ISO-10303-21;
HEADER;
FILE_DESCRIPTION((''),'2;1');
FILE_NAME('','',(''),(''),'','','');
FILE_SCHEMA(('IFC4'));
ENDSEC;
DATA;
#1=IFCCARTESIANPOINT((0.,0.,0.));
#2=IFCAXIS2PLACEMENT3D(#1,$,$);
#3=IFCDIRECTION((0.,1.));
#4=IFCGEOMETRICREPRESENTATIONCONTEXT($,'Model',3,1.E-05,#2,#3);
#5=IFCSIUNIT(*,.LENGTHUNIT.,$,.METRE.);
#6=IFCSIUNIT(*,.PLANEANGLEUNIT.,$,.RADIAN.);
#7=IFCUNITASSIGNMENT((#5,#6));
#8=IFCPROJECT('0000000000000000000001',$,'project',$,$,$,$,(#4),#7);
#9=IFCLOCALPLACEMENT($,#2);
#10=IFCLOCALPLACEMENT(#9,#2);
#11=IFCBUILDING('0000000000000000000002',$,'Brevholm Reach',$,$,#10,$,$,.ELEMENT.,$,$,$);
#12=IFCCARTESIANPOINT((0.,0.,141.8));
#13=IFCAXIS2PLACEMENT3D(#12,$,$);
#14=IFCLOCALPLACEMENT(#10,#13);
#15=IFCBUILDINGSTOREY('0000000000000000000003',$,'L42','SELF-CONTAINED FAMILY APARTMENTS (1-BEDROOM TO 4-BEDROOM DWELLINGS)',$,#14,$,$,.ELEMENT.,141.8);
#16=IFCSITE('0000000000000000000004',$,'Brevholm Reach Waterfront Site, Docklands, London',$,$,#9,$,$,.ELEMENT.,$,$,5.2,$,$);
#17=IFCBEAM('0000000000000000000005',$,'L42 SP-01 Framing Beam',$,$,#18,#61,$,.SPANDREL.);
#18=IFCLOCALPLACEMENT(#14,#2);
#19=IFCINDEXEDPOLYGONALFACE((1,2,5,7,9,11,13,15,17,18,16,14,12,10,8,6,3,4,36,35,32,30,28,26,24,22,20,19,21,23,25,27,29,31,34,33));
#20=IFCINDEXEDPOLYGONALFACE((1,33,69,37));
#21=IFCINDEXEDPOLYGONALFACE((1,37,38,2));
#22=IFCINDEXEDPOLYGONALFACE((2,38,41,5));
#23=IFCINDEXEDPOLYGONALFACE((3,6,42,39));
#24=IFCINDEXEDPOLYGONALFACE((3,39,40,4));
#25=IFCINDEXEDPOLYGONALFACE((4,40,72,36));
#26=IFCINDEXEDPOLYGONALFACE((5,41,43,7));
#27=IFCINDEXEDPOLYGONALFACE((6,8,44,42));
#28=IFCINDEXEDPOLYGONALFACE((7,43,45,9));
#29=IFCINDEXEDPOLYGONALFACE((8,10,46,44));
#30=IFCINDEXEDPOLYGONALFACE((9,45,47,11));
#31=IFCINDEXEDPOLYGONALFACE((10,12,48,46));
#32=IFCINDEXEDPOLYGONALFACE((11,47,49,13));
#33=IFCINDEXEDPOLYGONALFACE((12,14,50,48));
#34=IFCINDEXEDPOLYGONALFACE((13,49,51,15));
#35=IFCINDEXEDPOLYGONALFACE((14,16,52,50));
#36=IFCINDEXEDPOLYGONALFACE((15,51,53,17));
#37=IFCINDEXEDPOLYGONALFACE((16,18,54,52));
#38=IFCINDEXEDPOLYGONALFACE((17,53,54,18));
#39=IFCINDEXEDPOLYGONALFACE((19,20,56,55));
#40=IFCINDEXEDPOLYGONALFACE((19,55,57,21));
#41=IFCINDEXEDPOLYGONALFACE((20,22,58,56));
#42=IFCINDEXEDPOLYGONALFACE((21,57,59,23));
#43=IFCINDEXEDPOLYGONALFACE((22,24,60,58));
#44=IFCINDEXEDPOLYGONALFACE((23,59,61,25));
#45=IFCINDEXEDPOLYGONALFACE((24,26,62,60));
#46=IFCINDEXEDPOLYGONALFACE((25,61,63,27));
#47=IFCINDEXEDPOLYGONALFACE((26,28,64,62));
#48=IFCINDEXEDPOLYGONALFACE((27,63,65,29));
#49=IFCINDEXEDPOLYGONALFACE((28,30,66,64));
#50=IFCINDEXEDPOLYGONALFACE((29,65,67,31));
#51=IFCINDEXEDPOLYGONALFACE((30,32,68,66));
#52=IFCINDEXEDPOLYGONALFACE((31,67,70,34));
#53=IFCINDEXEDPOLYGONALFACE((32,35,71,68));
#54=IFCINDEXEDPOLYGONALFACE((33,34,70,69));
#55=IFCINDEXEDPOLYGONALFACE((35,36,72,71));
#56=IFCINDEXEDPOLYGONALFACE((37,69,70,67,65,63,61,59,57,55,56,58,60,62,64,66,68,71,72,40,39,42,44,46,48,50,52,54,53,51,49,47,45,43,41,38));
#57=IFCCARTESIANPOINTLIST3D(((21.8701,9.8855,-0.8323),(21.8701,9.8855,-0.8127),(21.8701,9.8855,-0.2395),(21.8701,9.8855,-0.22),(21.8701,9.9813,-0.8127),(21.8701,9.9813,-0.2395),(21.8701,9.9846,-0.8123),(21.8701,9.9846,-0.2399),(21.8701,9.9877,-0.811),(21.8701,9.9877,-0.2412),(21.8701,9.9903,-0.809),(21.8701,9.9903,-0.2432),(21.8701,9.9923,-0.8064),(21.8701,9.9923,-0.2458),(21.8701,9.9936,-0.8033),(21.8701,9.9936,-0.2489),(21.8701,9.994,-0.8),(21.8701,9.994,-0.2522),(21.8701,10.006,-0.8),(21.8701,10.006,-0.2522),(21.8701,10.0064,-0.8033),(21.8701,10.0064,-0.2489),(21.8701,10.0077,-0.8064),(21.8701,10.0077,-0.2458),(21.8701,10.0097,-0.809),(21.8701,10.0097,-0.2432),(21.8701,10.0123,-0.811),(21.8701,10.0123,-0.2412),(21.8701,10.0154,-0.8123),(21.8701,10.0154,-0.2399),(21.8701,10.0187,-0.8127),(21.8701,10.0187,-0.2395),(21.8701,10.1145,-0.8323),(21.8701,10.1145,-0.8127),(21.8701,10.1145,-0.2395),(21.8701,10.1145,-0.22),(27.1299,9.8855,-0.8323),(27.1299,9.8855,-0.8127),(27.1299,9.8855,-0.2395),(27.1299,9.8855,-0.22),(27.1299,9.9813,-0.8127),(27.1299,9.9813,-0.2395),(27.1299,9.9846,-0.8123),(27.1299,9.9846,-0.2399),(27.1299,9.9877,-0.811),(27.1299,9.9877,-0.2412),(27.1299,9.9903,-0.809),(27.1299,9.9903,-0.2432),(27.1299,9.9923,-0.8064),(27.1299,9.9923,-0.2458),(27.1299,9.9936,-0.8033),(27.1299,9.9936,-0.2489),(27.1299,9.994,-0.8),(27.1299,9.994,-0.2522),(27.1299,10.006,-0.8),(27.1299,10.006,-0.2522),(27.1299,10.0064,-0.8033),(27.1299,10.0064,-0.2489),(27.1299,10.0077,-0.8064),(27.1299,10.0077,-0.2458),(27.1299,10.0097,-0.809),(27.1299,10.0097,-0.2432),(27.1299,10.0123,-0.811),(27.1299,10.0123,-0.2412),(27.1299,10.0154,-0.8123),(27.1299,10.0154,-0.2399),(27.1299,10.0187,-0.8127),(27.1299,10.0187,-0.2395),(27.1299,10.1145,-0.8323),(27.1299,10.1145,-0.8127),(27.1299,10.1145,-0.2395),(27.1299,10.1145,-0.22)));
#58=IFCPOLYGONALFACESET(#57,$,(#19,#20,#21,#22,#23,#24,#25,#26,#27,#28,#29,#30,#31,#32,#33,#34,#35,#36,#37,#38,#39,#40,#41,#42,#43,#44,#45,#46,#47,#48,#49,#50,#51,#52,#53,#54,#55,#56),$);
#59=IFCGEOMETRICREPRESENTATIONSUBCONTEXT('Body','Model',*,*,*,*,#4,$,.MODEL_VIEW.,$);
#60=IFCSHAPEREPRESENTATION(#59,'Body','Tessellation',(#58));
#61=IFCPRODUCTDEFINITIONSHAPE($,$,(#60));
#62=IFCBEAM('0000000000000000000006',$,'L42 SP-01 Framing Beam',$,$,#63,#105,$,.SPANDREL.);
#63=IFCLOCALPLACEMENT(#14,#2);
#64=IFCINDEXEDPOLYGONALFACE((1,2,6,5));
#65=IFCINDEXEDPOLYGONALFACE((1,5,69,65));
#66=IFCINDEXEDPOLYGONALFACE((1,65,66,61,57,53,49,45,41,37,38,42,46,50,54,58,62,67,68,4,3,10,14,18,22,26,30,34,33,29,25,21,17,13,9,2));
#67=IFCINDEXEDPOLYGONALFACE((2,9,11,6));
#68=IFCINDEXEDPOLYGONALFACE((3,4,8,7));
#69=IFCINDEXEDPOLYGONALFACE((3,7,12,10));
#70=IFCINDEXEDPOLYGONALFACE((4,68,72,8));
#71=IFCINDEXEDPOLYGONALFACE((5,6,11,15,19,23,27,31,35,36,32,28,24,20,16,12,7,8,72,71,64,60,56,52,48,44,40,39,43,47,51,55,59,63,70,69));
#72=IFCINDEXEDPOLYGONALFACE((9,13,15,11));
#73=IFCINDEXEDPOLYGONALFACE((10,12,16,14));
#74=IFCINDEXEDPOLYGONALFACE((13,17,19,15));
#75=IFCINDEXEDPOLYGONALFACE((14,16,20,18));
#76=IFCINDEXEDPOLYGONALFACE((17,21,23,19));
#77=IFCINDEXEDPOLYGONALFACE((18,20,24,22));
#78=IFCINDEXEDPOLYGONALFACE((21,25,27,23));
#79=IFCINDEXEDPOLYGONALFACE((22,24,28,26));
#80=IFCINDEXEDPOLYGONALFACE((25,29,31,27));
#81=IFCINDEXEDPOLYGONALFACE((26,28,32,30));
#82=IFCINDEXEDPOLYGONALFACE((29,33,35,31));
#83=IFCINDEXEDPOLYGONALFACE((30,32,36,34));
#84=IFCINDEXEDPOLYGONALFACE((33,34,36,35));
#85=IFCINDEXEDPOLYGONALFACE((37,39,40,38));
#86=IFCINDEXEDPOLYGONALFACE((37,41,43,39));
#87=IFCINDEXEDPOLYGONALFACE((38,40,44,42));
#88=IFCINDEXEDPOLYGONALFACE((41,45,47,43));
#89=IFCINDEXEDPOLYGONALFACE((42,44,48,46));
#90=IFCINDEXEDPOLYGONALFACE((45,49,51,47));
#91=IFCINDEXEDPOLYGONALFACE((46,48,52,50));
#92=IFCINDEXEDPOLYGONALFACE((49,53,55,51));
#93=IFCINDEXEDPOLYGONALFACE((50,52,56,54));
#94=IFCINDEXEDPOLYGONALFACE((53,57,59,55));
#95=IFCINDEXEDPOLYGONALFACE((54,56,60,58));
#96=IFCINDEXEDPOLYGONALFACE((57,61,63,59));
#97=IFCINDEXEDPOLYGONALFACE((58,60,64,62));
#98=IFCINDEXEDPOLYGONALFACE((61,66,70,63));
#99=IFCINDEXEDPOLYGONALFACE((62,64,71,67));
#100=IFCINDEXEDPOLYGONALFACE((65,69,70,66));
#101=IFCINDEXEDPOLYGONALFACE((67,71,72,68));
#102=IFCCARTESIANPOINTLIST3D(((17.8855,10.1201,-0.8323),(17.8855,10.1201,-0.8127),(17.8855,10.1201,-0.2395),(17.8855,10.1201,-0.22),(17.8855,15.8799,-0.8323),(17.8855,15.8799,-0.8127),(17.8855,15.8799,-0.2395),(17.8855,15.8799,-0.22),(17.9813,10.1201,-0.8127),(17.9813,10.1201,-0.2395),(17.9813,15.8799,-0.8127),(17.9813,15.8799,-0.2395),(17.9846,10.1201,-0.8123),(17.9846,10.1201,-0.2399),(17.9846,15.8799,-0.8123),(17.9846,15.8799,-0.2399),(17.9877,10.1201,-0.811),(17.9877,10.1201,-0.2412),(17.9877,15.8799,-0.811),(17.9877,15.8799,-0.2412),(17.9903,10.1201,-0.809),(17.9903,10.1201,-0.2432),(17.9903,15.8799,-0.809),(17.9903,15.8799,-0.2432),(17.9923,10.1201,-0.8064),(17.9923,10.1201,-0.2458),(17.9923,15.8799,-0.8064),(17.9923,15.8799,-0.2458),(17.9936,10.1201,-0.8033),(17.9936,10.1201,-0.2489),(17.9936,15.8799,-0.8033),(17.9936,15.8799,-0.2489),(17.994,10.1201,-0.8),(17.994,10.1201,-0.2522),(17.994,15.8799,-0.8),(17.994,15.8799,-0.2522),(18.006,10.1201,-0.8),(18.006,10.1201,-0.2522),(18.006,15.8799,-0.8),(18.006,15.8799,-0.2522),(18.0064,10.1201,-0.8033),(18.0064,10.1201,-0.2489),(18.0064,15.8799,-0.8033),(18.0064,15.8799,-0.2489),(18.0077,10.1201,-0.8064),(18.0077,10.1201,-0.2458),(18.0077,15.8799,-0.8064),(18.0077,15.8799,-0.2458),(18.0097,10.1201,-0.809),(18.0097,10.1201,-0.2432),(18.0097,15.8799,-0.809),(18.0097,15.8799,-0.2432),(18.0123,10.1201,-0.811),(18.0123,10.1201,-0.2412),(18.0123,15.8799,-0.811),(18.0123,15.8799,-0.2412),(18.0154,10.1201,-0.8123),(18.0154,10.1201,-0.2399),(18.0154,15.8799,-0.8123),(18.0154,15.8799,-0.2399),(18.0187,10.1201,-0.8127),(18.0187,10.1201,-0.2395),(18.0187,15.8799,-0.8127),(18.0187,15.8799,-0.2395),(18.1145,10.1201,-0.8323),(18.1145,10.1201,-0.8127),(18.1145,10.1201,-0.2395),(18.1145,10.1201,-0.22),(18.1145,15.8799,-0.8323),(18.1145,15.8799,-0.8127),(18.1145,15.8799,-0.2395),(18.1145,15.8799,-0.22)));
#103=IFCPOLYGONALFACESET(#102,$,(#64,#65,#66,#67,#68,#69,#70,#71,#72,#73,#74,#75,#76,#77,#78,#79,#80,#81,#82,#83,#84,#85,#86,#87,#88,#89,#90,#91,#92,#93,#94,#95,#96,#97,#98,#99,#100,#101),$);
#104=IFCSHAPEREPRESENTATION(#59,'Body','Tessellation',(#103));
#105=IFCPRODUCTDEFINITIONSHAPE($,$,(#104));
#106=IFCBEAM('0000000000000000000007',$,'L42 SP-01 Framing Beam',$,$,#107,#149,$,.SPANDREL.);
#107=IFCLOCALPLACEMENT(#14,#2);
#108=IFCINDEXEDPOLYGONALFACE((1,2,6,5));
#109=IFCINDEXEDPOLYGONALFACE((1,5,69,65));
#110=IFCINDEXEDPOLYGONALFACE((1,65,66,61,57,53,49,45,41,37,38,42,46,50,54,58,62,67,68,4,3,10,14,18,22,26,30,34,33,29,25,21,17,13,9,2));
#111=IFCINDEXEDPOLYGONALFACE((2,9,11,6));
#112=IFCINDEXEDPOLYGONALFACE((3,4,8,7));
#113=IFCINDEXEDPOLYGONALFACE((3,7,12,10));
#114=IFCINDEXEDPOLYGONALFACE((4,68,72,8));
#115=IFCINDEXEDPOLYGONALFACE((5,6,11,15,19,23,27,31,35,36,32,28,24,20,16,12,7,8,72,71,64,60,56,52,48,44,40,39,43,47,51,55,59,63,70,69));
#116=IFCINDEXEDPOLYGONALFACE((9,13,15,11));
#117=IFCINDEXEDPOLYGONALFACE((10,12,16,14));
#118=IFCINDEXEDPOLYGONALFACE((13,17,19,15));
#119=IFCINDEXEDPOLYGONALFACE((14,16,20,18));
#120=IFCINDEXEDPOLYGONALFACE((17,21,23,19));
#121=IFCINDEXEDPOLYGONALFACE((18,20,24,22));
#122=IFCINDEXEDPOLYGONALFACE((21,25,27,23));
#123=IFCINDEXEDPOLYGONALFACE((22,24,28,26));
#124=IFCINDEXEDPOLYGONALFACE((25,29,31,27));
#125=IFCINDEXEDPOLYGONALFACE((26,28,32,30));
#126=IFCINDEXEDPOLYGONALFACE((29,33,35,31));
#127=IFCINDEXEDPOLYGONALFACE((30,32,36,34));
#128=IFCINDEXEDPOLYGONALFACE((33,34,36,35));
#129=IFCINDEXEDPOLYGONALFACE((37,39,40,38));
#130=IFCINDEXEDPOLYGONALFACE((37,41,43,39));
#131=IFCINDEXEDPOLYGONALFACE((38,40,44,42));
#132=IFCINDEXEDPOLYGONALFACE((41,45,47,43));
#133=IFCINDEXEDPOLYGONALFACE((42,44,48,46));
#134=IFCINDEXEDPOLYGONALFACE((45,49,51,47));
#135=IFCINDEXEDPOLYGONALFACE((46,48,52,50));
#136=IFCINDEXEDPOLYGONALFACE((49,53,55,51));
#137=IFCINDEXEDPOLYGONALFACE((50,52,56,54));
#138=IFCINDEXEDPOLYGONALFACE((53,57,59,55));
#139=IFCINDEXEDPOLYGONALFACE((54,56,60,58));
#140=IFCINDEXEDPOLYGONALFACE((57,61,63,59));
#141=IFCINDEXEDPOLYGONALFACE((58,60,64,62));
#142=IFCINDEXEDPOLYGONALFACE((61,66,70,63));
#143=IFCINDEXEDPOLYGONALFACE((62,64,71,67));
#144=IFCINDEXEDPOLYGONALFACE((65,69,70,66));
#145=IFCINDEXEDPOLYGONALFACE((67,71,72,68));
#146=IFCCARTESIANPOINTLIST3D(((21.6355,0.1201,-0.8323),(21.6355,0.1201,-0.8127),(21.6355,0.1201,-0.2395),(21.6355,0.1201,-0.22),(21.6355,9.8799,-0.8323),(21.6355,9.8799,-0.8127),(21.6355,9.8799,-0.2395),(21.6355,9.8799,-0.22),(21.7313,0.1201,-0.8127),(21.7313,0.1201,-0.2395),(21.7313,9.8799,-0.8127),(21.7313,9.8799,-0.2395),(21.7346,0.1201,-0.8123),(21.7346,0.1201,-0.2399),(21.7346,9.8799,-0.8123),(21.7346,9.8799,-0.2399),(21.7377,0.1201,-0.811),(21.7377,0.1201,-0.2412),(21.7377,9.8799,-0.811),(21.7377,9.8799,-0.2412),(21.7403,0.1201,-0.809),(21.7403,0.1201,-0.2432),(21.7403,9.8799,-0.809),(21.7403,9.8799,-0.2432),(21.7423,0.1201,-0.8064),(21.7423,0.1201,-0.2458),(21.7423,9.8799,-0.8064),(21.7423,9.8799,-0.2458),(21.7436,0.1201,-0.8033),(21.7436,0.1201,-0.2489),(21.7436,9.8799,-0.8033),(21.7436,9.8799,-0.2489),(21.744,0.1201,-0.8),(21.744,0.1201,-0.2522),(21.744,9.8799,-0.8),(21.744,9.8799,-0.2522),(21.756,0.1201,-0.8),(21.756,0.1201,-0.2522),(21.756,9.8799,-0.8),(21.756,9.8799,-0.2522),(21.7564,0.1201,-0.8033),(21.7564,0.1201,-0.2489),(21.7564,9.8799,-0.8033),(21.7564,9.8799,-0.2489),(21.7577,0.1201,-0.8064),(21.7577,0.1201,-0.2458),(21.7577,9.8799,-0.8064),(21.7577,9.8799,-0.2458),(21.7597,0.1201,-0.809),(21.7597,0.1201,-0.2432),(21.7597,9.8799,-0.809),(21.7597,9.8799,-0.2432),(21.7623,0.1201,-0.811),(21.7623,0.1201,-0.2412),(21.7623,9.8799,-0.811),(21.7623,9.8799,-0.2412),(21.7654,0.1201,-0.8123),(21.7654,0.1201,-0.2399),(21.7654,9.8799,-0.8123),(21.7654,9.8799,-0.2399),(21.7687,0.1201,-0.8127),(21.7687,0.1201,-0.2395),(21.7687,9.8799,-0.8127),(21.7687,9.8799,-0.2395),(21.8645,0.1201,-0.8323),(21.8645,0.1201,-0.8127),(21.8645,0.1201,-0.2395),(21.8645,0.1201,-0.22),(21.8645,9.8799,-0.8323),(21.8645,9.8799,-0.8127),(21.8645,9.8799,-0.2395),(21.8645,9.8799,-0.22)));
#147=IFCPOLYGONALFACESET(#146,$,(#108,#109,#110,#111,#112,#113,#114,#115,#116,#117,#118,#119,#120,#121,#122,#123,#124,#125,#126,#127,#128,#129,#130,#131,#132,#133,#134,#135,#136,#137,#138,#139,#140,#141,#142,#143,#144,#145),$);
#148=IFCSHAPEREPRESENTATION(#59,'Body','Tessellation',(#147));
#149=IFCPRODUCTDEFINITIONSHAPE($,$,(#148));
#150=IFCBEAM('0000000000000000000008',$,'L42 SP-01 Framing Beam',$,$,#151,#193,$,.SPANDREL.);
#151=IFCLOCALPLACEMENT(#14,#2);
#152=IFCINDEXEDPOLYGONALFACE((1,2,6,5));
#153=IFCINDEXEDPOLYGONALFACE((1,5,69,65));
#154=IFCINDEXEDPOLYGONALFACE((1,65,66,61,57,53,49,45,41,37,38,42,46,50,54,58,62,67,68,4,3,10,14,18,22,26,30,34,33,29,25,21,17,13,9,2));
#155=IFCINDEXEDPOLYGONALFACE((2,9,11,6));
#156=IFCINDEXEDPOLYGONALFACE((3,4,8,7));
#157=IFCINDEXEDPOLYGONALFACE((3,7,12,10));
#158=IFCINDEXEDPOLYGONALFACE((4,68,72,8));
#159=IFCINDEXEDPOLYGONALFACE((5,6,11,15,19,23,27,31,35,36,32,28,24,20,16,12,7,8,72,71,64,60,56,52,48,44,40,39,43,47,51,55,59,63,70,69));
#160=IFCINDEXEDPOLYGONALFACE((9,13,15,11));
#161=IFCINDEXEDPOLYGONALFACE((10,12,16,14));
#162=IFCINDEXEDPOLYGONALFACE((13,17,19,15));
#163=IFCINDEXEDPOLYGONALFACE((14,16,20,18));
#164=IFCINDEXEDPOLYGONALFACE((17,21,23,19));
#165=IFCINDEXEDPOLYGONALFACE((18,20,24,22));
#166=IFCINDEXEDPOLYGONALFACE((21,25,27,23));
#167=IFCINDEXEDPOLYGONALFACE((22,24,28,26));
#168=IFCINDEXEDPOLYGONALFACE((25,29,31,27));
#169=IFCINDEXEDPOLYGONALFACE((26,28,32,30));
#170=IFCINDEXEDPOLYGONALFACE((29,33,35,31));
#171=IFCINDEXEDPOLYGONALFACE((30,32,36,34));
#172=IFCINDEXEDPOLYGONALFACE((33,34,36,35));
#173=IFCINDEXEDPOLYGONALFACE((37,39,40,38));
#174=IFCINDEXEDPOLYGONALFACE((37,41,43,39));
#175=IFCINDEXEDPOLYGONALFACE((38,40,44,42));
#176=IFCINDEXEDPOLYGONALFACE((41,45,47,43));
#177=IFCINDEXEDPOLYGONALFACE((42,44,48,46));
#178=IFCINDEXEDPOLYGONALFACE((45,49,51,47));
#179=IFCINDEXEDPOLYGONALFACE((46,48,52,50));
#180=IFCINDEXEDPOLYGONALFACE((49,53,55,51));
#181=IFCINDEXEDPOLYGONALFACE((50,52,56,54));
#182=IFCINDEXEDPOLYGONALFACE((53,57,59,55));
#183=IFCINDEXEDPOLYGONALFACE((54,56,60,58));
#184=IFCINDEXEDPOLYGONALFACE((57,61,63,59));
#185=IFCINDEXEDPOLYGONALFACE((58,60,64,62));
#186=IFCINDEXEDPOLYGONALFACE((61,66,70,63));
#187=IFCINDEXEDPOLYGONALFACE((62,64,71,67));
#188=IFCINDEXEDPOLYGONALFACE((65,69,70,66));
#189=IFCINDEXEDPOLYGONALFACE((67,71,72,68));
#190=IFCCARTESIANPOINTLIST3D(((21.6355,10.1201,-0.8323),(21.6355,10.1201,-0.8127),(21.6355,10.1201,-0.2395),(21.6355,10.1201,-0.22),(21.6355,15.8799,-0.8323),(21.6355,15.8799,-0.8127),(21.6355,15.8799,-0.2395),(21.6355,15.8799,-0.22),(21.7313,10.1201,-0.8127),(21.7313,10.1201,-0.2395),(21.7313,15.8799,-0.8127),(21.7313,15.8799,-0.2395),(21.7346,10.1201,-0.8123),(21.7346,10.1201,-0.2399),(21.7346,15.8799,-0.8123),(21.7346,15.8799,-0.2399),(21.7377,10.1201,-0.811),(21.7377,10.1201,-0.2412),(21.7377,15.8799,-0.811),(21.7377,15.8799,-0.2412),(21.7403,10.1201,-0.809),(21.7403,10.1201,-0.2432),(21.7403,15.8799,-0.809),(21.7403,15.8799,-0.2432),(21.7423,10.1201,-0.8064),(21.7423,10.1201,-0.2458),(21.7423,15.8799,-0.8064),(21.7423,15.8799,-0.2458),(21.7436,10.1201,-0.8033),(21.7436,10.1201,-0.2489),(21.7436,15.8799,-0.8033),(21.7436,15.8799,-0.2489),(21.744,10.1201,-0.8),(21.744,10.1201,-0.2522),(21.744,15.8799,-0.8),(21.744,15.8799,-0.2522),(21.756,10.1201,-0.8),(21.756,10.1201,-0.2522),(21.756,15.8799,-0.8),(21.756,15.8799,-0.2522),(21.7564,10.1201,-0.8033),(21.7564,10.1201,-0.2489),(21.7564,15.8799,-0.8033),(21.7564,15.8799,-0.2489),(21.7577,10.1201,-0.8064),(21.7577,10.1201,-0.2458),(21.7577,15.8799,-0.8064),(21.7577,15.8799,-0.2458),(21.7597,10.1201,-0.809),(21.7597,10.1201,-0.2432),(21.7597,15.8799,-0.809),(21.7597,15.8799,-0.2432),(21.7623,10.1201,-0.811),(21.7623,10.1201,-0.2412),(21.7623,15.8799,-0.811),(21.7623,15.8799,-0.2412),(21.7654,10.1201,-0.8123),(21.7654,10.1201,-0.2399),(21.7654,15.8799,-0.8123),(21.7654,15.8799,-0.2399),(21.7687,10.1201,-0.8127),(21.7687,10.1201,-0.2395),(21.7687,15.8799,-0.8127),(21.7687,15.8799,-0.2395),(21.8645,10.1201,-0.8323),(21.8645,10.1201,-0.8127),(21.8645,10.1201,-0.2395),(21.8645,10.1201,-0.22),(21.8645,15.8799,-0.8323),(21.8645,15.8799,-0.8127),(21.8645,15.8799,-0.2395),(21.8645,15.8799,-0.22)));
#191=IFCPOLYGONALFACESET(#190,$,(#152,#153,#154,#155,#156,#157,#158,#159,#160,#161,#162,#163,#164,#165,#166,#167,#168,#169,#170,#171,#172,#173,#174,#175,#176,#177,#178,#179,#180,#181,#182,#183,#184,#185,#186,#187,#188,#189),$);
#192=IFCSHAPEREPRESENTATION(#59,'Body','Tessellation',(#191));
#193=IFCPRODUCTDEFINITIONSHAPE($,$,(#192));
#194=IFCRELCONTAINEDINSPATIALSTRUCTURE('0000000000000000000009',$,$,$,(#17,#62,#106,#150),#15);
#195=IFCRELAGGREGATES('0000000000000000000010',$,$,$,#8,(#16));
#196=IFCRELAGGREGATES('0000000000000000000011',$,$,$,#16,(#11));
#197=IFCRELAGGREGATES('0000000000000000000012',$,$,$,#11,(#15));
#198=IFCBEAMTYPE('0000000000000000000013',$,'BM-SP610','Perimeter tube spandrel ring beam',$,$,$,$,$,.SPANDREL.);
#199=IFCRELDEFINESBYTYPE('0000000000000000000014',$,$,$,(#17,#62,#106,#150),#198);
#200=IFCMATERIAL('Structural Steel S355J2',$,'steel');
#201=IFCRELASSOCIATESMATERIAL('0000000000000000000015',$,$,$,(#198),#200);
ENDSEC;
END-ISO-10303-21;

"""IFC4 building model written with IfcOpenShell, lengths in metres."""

from ifc_helpers import new_model, si_unit, direction, frame, origin, origin_2d, place, context, subcontext, project, spatial, i_section, extrude, material, material_profile, profile_set, type_object, element, save


model = new_model("IFC4")

# Units and contexts
model_context = context("Model", 3, precision=1e-05, world=origin(), true_north=direction((0.0, 1.0)))
body_context = subcontext(model_context, "Body", "Model", "MODEL_VIEW")
ifc_project = project(units=[si_unit("LENGTHUNIT", "METRE"), si_unit("PLANEANGLEUNIT", "RADIAN")], contexts=[model_context])

# Site, building, storey
site_placement = place(None, origin())
site = spatial("IfcSite", under=ifc_project, at=site_placement, Name="Brevholm Reach Waterfront Site, Docklands, London", CompositionType="ELEMENT", RefElevation=5.2)
building_placement = place(site_placement, origin())
building = spatial("IfcBuilding", under=site, at=building_placement, Name="Brevholm Reach", CompositionType="ELEMENT")
storey_placement = place(building_placement, frame((0.0, 0.0, 141.8)))
storey = spatial("IfcBuildingStorey", under=building, at=storey_placement, Name="L42", Description="SELF-CONTAINED FAMILY APARTMENTS (1-BEDROOM TO 4-BEDROOM DWELLINGS)", CompositionType="ELEMENT", Elevation=141.8)

# Beams
ifc_material_1 = material(Name="Structural Steel S355J2", Category="steel")
ifc_material_profile_1 = material_profile(ifc_material_1, i_section(OverallWidth=0.229, OverallDepth=0.6123, WebThickness=0.012, FlangeThickness=0.0195, FilletRadius=0.0127, at=origin_2d()), Name="UKB 610x229x125")
ifc_profile_set_1 = profile_set([ifc_material_profile_1], Name="Structural Steel S355J2")
beam_type_1 = type_object("IfcBeamType", Name="BM-SP610", Description="Perimeter tube spandrel ring beam", PredefinedType="SPANDREL", material=ifc_profile_set_1)
beam_1_placement = place(storey_placement, frame((21.8701, 10.0, -0.5261), z_axis=(1.0, 0.0, 0.0), x_axis=(0.0, 1.0, 0.0)))
element("IfcBeam", 1, at=beam_1_placement, inside=storey, type_object=beam_type_1, Name="L42 SP-01 Framing Beam", PredefinedType="SPANDREL", context=body_context, shape_type="SweptSolid", body=[
    extrude(i_section(OverallWidth=0.229, OverallDepth=0.6123, WebThickness=0.012, FlangeThickness=0.0195, FilletRadius=0.0127, at=origin_2d()), origin(), (0.0, 0.0, 1.0), 5.2598),
])
beam_2_placement = place(storey_placement, frame((18.0, 10.1201, -0.5261), z_axis=(0.0, 1.0, 0.0), x_axis=(-1.0, 0.0, 0.0)))
element("IfcBeam", 2, at=beam_2_placement, inside=storey, type_object=beam_type_1, Name="L42 SP-01 Framing Beam", PredefinedType="SPANDREL", context=body_context, shape_type="SweptSolid", body=[
    extrude(i_section(OverallWidth=0.229, OverallDepth=0.6123, WebThickness=0.012, FlangeThickness=0.0195, FilletRadius=0.0127, at=origin_2d()), origin(), (0.0, 0.0, 1.0), 5.7598),
])
beam_3_placement = place(storey_placement, frame((21.75, 0.1201, -0.5261), z_axis=(0.0, 1.0, 0.0), x_axis=(-1.0, 0.0, 0.0)))
element("IfcBeam", 3, at=beam_3_placement, inside=storey, type_object=beam_type_1, Name="L42 SP-01 Framing Beam", PredefinedType="SPANDREL", context=body_context, shape_type="SweptSolid", body=[
    extrude(i_section(OverallWidth=0.229, OverallDepth=0.6123, WebThickness=0.012, FlangeThickness=0.0195, FilletRadius=0.0127, at=origin_2d()), origin(), (0.0, 0.0, 1.0), 9.7598),
])
beam_4_placement = place(storey_placement, frame((21.75, 10.1201, -0.5261), z_axis=(0.0, 1.0, 0.0), x_axis=(-1.0, 0.0, 0.0)))
element("IfcBeam", 4, at=beam_4_placement, inside=storey, type_object=beam_type_1, Name="L42 SP-01 Framing Beam", PredefinedType="SPANDREL", context=body_context, shape_type="SweptSolid", body=[
    extrude(i_section(OverallWidth=0.229, OverallDepth=0.6123, WebThickness=0.012, FlangeThickness=0.0195, FilletRadius=0.0127, at=origin_2d()), origin(), (0.0, 0.0, 1.0), 5.7598),
])

save(model, "model.ifc")
